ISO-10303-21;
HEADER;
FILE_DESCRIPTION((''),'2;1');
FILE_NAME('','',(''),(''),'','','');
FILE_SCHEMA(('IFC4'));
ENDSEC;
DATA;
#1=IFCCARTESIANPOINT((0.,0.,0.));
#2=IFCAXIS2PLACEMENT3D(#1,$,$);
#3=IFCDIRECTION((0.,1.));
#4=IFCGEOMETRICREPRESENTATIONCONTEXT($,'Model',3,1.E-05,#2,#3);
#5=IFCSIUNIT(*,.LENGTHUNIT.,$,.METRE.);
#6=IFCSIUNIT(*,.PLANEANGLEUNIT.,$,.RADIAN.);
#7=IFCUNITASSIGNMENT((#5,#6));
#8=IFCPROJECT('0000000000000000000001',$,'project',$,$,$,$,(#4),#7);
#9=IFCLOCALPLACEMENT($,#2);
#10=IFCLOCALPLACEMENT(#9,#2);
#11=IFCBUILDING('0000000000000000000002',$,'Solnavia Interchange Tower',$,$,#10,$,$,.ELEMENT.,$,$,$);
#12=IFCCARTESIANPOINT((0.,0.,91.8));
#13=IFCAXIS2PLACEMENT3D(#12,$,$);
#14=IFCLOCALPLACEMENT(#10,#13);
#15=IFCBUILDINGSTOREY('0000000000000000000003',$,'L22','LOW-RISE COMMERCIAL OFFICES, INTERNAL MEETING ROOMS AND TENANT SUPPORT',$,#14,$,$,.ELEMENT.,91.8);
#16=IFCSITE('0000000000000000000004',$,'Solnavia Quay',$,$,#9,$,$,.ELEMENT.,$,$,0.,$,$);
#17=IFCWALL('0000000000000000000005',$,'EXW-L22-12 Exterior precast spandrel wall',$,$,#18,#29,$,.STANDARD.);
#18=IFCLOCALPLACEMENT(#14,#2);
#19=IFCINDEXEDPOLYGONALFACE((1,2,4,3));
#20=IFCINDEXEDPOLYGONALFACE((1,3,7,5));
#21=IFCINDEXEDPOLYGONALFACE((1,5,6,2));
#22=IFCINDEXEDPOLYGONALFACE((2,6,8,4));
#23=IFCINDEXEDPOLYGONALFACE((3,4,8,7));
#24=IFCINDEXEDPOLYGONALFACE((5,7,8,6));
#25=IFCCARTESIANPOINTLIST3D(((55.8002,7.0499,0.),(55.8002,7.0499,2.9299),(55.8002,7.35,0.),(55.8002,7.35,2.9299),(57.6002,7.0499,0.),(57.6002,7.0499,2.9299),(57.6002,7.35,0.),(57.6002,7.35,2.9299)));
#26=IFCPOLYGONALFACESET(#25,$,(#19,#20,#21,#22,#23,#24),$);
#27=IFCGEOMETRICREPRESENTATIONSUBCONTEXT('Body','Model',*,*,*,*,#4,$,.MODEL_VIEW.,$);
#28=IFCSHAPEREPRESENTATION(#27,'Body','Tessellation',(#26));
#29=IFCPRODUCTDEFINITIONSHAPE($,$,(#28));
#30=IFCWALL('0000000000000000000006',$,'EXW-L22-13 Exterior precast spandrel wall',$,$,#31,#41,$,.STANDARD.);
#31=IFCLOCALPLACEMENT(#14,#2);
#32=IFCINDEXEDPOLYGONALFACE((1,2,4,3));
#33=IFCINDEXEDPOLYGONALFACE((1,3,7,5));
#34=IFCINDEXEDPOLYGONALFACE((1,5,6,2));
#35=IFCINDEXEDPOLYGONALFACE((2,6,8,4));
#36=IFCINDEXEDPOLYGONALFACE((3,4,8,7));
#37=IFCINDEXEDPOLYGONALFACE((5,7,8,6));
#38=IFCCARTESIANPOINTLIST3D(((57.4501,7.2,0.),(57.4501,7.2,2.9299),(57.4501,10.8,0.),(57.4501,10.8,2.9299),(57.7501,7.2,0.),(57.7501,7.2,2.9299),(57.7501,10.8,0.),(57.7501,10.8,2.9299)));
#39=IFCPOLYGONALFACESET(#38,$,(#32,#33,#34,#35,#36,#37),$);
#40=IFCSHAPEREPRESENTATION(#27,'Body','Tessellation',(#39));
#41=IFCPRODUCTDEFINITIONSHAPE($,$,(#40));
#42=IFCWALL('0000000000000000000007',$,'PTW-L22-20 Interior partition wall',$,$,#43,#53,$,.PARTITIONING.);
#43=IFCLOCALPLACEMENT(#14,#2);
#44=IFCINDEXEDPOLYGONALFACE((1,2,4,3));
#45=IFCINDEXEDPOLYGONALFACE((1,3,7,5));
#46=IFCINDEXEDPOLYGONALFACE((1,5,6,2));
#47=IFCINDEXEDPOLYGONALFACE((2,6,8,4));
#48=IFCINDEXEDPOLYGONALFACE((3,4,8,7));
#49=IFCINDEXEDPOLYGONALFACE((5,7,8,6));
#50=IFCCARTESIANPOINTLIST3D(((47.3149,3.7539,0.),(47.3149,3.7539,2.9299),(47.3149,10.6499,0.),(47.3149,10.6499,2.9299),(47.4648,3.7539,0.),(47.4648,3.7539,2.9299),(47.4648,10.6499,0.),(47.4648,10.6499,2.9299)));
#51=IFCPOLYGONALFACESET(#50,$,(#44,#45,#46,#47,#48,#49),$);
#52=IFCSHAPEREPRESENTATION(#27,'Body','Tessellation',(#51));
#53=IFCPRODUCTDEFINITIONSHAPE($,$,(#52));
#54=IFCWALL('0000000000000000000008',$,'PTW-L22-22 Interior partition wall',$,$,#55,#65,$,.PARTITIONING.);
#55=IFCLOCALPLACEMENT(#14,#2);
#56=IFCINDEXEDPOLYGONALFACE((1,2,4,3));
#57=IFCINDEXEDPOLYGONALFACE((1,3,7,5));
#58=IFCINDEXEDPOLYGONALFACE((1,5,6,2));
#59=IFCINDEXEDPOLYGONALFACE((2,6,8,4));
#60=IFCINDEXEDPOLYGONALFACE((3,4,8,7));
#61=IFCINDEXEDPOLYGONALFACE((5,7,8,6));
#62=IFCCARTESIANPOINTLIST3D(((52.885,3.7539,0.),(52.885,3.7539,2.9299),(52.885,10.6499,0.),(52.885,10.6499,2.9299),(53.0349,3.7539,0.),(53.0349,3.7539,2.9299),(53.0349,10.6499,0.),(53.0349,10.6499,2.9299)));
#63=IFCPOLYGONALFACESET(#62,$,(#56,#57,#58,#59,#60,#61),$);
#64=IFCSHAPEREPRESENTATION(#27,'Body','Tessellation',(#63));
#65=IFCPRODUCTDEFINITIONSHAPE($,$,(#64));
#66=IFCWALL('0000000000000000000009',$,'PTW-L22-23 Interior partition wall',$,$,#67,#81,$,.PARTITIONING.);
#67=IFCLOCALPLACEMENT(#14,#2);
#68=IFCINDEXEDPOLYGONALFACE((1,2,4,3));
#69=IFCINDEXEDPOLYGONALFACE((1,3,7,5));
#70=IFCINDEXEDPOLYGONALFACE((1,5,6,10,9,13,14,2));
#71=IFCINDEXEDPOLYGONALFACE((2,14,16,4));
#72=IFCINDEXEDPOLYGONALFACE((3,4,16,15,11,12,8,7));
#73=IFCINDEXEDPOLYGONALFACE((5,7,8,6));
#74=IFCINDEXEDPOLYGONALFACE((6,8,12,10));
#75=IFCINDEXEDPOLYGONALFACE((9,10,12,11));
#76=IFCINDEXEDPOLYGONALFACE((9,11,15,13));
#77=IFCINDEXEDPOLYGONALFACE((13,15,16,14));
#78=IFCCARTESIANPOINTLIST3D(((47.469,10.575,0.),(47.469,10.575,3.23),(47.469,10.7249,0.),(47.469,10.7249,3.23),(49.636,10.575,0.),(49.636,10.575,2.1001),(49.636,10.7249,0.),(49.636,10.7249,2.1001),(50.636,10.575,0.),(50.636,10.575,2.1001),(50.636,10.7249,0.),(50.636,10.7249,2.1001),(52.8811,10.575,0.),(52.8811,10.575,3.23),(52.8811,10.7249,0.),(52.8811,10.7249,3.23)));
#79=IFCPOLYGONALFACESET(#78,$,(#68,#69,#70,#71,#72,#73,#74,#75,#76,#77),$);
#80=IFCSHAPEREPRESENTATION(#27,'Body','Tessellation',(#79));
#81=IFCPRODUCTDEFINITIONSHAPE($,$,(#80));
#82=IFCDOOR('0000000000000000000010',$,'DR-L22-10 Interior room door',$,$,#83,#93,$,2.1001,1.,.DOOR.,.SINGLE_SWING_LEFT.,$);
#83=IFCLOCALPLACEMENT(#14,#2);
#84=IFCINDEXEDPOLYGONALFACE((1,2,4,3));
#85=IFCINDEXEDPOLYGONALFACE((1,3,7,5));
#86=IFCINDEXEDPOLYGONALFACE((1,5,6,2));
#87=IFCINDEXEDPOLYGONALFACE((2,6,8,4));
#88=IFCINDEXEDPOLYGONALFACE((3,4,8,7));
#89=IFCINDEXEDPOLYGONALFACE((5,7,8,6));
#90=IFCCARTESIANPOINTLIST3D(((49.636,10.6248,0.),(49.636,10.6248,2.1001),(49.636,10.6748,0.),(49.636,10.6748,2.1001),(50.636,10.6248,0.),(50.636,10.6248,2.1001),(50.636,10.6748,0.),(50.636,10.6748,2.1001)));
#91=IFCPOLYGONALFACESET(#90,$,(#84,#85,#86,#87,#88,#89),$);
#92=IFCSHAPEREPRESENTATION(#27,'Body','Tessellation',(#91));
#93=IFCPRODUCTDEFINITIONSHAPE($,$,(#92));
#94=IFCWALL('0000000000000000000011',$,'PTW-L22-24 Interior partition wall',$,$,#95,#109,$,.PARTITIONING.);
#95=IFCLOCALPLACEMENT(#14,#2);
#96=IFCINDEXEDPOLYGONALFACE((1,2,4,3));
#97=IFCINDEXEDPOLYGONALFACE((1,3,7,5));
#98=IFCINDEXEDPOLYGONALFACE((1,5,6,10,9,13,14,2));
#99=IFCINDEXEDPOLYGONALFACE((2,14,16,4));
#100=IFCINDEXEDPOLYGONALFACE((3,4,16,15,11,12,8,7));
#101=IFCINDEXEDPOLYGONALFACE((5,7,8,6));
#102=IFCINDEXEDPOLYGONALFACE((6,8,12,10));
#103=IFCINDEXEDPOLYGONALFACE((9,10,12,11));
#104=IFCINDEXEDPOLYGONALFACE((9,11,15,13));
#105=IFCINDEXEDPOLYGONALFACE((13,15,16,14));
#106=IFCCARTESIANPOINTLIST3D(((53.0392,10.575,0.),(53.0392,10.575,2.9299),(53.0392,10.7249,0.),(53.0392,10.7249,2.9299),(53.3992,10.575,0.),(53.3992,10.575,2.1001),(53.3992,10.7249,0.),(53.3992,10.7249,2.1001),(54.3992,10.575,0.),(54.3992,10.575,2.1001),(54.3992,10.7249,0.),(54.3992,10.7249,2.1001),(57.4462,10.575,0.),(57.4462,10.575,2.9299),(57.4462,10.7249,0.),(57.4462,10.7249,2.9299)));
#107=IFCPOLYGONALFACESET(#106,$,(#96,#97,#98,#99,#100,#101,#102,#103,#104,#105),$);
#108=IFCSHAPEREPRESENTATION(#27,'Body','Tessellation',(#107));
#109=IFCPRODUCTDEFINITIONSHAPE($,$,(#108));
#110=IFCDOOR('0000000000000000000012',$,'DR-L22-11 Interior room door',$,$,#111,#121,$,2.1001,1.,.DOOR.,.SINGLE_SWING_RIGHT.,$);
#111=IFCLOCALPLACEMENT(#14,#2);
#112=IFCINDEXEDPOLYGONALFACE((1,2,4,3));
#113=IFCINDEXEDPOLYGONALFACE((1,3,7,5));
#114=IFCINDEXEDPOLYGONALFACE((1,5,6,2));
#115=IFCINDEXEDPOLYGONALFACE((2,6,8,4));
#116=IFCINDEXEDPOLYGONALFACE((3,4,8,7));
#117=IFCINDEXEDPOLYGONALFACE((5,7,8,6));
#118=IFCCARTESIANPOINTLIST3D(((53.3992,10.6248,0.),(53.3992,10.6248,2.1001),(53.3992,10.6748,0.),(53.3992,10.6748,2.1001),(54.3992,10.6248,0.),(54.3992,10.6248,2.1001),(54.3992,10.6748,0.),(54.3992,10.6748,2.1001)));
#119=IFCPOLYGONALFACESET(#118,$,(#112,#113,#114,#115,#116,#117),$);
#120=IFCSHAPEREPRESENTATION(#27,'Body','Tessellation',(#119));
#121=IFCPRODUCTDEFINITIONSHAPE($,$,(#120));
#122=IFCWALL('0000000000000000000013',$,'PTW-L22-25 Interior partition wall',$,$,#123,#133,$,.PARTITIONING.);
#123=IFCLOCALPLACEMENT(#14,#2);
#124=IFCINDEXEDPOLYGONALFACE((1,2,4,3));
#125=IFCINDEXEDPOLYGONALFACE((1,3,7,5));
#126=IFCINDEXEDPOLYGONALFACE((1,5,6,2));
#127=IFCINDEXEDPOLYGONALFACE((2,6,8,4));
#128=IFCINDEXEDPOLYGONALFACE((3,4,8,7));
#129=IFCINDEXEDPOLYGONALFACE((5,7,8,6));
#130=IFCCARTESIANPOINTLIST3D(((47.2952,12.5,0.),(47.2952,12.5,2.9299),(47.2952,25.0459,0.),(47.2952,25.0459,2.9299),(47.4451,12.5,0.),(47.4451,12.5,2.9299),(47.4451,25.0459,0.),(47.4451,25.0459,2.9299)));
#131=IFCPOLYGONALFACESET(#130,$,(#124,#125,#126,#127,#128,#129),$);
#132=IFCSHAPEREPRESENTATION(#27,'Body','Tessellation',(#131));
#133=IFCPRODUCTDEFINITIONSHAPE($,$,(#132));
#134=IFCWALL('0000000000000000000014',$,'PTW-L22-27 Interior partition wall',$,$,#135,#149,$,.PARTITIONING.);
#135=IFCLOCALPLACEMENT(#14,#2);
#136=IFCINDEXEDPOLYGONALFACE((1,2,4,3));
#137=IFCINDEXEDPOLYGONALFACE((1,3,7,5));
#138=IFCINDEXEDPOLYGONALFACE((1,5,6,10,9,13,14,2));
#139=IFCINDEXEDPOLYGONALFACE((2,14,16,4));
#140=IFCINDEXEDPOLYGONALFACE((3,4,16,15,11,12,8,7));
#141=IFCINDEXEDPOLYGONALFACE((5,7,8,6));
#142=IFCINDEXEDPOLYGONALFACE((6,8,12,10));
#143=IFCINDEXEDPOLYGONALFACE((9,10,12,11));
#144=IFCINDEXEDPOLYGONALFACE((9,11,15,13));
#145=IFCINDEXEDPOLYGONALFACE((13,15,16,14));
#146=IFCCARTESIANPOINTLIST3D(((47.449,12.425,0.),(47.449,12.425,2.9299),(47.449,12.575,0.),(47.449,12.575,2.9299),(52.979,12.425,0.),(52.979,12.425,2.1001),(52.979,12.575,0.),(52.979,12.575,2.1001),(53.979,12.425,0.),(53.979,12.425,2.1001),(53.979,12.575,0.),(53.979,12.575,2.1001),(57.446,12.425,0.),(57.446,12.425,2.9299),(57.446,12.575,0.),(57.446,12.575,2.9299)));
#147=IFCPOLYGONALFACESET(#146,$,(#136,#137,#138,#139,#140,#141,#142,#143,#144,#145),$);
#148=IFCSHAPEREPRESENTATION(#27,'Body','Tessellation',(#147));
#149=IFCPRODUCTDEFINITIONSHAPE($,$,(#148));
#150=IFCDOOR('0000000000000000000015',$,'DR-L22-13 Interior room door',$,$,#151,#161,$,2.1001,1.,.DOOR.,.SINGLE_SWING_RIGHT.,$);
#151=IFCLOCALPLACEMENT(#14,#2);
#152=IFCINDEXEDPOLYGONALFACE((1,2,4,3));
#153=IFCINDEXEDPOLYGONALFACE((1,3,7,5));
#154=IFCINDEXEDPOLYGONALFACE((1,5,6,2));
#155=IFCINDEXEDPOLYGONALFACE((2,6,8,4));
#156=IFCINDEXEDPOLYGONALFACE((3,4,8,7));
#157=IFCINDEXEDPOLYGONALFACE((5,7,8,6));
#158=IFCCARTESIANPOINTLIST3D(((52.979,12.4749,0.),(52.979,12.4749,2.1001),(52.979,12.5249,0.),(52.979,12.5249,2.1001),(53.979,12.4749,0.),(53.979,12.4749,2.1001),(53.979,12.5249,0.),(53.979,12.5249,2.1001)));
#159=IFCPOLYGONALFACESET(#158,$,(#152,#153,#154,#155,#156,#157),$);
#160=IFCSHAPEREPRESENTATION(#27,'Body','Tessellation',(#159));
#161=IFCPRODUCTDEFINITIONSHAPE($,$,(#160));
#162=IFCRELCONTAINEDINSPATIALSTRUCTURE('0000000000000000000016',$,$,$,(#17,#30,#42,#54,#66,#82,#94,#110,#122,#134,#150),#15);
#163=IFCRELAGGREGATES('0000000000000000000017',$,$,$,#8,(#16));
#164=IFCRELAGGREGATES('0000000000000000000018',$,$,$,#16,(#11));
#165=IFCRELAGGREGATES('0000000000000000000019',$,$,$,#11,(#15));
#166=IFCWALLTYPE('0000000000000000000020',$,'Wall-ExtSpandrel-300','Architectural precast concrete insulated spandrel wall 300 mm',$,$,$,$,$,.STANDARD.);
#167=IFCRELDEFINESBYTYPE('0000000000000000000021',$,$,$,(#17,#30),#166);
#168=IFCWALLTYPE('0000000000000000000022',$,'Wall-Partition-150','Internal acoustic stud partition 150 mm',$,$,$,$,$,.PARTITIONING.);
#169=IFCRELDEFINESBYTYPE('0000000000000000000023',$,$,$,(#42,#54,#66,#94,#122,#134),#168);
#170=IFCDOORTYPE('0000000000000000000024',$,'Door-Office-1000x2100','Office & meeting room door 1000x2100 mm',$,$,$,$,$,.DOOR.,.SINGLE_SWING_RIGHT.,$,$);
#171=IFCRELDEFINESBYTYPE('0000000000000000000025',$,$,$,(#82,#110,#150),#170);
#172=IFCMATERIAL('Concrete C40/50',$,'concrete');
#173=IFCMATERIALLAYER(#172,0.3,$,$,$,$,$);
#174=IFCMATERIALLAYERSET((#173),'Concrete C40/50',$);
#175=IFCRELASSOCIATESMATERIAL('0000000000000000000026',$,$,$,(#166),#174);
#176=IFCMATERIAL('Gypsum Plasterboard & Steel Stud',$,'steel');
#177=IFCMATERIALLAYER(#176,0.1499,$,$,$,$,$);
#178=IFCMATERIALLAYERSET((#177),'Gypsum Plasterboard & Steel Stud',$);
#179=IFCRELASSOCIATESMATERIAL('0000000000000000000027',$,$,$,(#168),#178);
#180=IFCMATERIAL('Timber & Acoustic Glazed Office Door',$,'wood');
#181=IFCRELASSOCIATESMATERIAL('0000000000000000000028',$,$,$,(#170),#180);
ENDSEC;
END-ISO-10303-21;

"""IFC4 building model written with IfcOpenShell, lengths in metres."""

from ifc_helpers import new_model, si_unit, direction, frame, frame_2d, origin, place, context, subcontext, project, spatial, rectangle, extrude, material, layer, layer_set, type_object, element, fill, save


model = new_model("IFC4")

# Units and contexts
model_context = context("Model", 3, precision=1e-05, world=origin(), true_north=direction((0.0, 1.0)))
body_context = subcontext(model_context, "Body", "Model", "MODEL_VIEW")
ifc_project = project(units=[si_unit("LENGTHUNIT", "METRE"), si_unit("PLANEANGLEUNIT", "RADIAN")], contexts=[model_context])

# Site, building, storey
site_placement = place(None, origin())
site = spatial("IfcSite", under=ifc_project, at=site_placement, Name="Solnavia Quay", CompositionType="ELEMENT", RefElevation=0.0)
building_placement = place(site_placement, origin())
building = spatial("IfcBuilding", under=site, at=building_placement, Name="Solnavia Interchange Tower", CompositionType="ELEMENT")
storey_placement = place(building_placement, frame((0.0, 0.0, 91.8)))
storey = spatial("IfcBuildingStorey", under=building, at=storey_placement, Name="L22", Description="LOW-RISE COMMERCIAL OFFICES, INTERNAL MEETING ROOMS AND TENANT SUPPORT", CompositionType="ELEMENT", Elevation=91.8)

# Walls
ifc_material_1 = material(Name="Concrete C40/50", Category="concrete")
ifc_layer_1 = layer(ifc_material_1, 0.3)
ifc_layer_set_1 = layer_set([ifc_layer_1], Name="Concrete C40/50")
wall_type_1 = type_object("IfcWallType", Name="Wall-ExtSpandrel-300", Description="Architectural precast concrete insulated spandrel wall 300 mm", PredefinedType="STANDARD", material=ifc_layer_set_1)
wall_1_placement = place(storey_placement, frame((57.6001, 7.2, 0.0), z_axis=(0.0, 0.0, 1.0), x_axis=(-1.0, 0.0, 0.0)))
element("IfcWall", 1, at=wall_1_placement, inside=storey, type_object=wall_type_1, Name="EXW-L22-12 Exterior precast spandrel wall", PredefinedType="STANDARD", context=body_context, shape_type="SweptSolid", body=[
    extrude(rectangle(XDim=1.8, YDim=0.3, at=frame_2d((0.8999, 0.0))), origin(), (0.0, 0.0, 1.0), 2.9299),
])
wall_2_placement = place(storey_placement, frame((57.6001, 10.8, 0.0), z_axis=(0.0, 0.0, 1.0), x_axis=(0.0, -1.0, 0.0)))
element("IfcWall", 2, at=wall_2_placement, inside=storey, type_object=wall_type_1, Name="EXW-L22-13 Exterior precast spandrel wall", PredefinedType="STANDARD", context=body_context, shape_type="SweptSolid", body=[
    extrude(rectangle(XDim=3.6001, YDim=0.3, at=frame_2d((1.8, 0.0))), origin(), (0.0, 0.0, 1.0), 2.9299),
])
ifc_material_2 = material(Name="Gypsum Plasterboard & Steel Stud", Category="steel")
ifc_layer_2 = layer(ifc_material_2, 0.1499)
ifc_layer_set_2 = layer_set([ifc_layer_2], Name="Gypsum Plasterboard & Steel Stud")
wall_type_2 = type_object("IfcWallType", Name="Wall-Partition-150", Description="Internal acoustic stud partition 150 mm", PredefinedType="PARTITIONING", material=ifc_layer_set_2)
for number, where, z_axis, x_axis, name in (
    (3, (47.3899, 3.7539, 0.0), (0.0, 0.0, 1.0), (0.0, 1.0, 0.0), "PTW-L22-20 Interior partition wall"),
    (4, (52.96, 3.7539, 0.0), (0.0, 0.0, 1.0), (0.0, 1.0, 0.0), "PTW-L22-22 Interior partition wall"),
):
    element("IfcWall", number, at=place(storey_placement, frame(where, z_axis=z_axis, x_axis=x_axis)), inside=storey, type_object=wall_type_2, Name=name, PredefinedType="PARTITIONING", context=body_context, shape_type="SweptSolid", body=[
        extrude(rectangle(XDim=6.896, YDim=0.1499, at=frame_2d((3.448, 0.0))), origin(), (0.0, 0.0, 1.0), 2.9299),
    ])

# Walls, openings, doors
wall_3_placement = place(storey_placement, frame((47.469, 10.6499, 0.0), z_axis=(0.0, 0.0, 1.0), x_axis=(1.0, 0.0, 0.0)))
wall_3 = element("IfcWall", 5, at=wall_3_placement, inside=storey, type_object=wall_type_2, Name="PTW-L22-23 Interior partition wall", PredefinedType="PARTITIONING", context=body_context, shape_type="SweptSolid", body=[
    extrude(rectangle(XDim=5.4121, YDim=0.1499, at=frame_2d((2.7061, 0.0))), origin(), (0.0, 0.0, 1.0), 3.23),
])
opening_1_placement = place(wall_3_placement, frame((2.167, 0.0, 0.0)))
opening_1 = element("IfcOpeningElement", 6, at=opening_1_placement, cuts=wall_3, PredefinedType="OPENING", context=body_context, shape_type="SweptSolid", body=[
    extrude(rectangle(XDim=1.0, YDim=2.1001, at=frame_2d((0.5, 1.05))), frame((0.0, 0.085, 0.0), z_axis=(0.0, -1.0, 0.0), x_axis=(1.0, 0.0, 0.0)), (0.0, 0.0, 1.0), 0.1699),
])
ifc_material_3 = material(Name="Timber & Acoustic Glazed Office Door", Category="wood")
door_type = type_object("IfcDoorType", Name="Door-Office-1000x2100", Description="Office & meeting room door 1000x2100 mm", OperationType="SINGLE_SWING_RIGHT", PredefinedType="DOOR", material=ifc_material_3)
door_1_placement = place(opening_1_placement, origin())
door_1 = element("IfcDoor", 7, at=door_1_placement, inside=storey, type_object=door_type, Name="DR-L22-10 Interior room door", OperationType="SINGLE_SWING_LEFT", OverallHeight=2.1001, OverallWidth=1.0, PredefinedType="DOOR", context=body_context, shape_type="SweptSolid", body=[
    extrude(rectangle(XDim=1.0, YDim=2.1001, at=frame_2d((0.5, 1.05))), frame((0.0, 0.0249, 0.0), z_axis=(0.0, -1.0, 0.0), x_axis=(1.0, 0.0, 0.0)), (0.0, 0.0, 1.0), 0.05),
])
fill(opening_1, door_1)
wall_4_placement = place(storey_placement, frame((53.0391, 10.6499, 0.0), z_axis=(0.0, 0.0, 1.0), x_axis=(1.0, 0.0, 0.0)))
wall_4 = element("IfcWall", 8, at=wall_4_placement, inside=storey, type_object=wall_type_2, Name="PTW-L22-24 Interior partition wall", PredefinedType="PARTITIONING", context=body_context, shape_type="SweptSolid", body=[
    extrude(rectangle(XDim=4.407, YDim=0.1499, at=frame_2d((2.2036, 0.0))), origin(), (0.0, 0.0, 1.0), 2.9299),
])
opening_2_placement = place(wall_4_placement, frame((0.3601, 0.0, 0.0)))
opening_2 = element("IfcOpeningElement", 9, at=opening_2_placement, cuts=wall_4, PredefinedType="OPENING", context=body_context, shape_type="SweptSolid", body=[
    extrude(rectangle(XDim=1.0, YDim=2.1001, at=frame_2d((0.5, 1.05))), frame((0.0, 0.085, 0.0), z_axis=(0.0, -1.0, 0.0), x_axis=(1.0, 0.0, 0.0)), (0.0, 0.0, 1.0), 0.1699),
])
door_2_placement = place(opening_2_placement, origin())
door_2 = element("IfcDoor", 10, at=door_2_placement, inside=storey, type_object=door_type, Name="DR-L22-11 Interior room door", OperationType="SINGLE_SWING_RIGHT", OverallHeight=2.1001, OverallWidth=1.0, PredefinedType="DOOR", context=body_context, shape_type="SweptSolid", body=[
    extrude(rectangle(XDim=1.0, YDim=2.1001, at=frame_2d((0.5, 1.05))), frame((0.0, 0.0249, 0.0), z_axis=(0.0, -1.0, 0.0), x_axis=(1.0, 0.0, 0.0)), (0.0, 0.0, 1.0), 0.05),
])
fill(opening_2, door_2)

# Wall
wall_5_placement = place(storey_placement, frame((47.3701, 12.5, 0.0), z_axis=(0.0, 0.0, 1.0), x_axis=(0.0, 1.0, 0.0)))
element("IfcWall", 11, at=wall_5_placement, inside=storey, type_object=wall_type_2, Name="PTW-L22-25 Interior partition wall", PredefinedType="PARTITIONING", context=body_context, shape_type="SweptSolid", body=[
    extrude(rectangle(XDim=12.5459, YDim=0.1499, at=frame_2d((6.2729, 0.0))), origin(), (0.0, 0.0, 1.0), 2.9299),
])

# Wall, opening, door
wall_6_placement = place(storey_placement, frame((47.449, 12.5, 0.0), z_axis=(0.0, 0.0, 1.0), x_axis=(1.0, 0.0, 0.0)))
wall_6 = element("IfcWall", 12, at=wall_6_placement, inside=storey, type_object=wall_type_2, Name="PTW-L22-27 Interior partition wall", PredefinedType="PARTITIONING", context=body_context, shape_type="SweptSolid", body=[
    extrude(rectangle(XDim=9.9971, YDim=0.1499, at=frame_2d((4.9985, 0.0))), origin(), (0.0, 0.0, 1.0), 2.9299),
])
opening_3_placement = place(wall_6_placement, frame((5.53, 0.0, 0.0)))
opening_3 = element("IfcOpeningElement", 13, at=opening_3_placement, cuts=wall_6, PredefinedType="OPENING", context=body_context, shape_type="SweptSolid", body=[
    extrude(rectangle(XDim=1.0, YDim=2.1001, at=frame_2d((0.5, 1.05))), frame((0.0, 0.085, 0.0), z_axis=(0.0, -1.0, 0.0), x_axis=(1.0, 0.0, 0.0)), (0.0, 0.0, 1.0), 0.1699),
])
door_3_placement = place(opening_3_placement, origin())
door_3 = element("IfcDoor", 14, at=door_3_placement, inside=storey, type_object=door_type, Name="DR-L22-13 Interior room door", OperationType="SINGLE_SWING_RIGHT", OverallHeight=2.1001, OverallWidth=1.0, PredefinedType="DOOR", context=body_context, shape_type="SweptSolid", body=[
    extrude(rectangle(XDim=1.0, YDim=2.1001, at=frame_2d((0.5, 1.05))), frame((0.0, 0.0249, 0.0), z_axis=(0.0, -1.0, 0.0), x_axis=(1.0, 0.0, 0.0)), (0.0, 0.0, 1.0), 0.05),
])
fill(opening_3, door_3)

save(model, "model.ifc")
